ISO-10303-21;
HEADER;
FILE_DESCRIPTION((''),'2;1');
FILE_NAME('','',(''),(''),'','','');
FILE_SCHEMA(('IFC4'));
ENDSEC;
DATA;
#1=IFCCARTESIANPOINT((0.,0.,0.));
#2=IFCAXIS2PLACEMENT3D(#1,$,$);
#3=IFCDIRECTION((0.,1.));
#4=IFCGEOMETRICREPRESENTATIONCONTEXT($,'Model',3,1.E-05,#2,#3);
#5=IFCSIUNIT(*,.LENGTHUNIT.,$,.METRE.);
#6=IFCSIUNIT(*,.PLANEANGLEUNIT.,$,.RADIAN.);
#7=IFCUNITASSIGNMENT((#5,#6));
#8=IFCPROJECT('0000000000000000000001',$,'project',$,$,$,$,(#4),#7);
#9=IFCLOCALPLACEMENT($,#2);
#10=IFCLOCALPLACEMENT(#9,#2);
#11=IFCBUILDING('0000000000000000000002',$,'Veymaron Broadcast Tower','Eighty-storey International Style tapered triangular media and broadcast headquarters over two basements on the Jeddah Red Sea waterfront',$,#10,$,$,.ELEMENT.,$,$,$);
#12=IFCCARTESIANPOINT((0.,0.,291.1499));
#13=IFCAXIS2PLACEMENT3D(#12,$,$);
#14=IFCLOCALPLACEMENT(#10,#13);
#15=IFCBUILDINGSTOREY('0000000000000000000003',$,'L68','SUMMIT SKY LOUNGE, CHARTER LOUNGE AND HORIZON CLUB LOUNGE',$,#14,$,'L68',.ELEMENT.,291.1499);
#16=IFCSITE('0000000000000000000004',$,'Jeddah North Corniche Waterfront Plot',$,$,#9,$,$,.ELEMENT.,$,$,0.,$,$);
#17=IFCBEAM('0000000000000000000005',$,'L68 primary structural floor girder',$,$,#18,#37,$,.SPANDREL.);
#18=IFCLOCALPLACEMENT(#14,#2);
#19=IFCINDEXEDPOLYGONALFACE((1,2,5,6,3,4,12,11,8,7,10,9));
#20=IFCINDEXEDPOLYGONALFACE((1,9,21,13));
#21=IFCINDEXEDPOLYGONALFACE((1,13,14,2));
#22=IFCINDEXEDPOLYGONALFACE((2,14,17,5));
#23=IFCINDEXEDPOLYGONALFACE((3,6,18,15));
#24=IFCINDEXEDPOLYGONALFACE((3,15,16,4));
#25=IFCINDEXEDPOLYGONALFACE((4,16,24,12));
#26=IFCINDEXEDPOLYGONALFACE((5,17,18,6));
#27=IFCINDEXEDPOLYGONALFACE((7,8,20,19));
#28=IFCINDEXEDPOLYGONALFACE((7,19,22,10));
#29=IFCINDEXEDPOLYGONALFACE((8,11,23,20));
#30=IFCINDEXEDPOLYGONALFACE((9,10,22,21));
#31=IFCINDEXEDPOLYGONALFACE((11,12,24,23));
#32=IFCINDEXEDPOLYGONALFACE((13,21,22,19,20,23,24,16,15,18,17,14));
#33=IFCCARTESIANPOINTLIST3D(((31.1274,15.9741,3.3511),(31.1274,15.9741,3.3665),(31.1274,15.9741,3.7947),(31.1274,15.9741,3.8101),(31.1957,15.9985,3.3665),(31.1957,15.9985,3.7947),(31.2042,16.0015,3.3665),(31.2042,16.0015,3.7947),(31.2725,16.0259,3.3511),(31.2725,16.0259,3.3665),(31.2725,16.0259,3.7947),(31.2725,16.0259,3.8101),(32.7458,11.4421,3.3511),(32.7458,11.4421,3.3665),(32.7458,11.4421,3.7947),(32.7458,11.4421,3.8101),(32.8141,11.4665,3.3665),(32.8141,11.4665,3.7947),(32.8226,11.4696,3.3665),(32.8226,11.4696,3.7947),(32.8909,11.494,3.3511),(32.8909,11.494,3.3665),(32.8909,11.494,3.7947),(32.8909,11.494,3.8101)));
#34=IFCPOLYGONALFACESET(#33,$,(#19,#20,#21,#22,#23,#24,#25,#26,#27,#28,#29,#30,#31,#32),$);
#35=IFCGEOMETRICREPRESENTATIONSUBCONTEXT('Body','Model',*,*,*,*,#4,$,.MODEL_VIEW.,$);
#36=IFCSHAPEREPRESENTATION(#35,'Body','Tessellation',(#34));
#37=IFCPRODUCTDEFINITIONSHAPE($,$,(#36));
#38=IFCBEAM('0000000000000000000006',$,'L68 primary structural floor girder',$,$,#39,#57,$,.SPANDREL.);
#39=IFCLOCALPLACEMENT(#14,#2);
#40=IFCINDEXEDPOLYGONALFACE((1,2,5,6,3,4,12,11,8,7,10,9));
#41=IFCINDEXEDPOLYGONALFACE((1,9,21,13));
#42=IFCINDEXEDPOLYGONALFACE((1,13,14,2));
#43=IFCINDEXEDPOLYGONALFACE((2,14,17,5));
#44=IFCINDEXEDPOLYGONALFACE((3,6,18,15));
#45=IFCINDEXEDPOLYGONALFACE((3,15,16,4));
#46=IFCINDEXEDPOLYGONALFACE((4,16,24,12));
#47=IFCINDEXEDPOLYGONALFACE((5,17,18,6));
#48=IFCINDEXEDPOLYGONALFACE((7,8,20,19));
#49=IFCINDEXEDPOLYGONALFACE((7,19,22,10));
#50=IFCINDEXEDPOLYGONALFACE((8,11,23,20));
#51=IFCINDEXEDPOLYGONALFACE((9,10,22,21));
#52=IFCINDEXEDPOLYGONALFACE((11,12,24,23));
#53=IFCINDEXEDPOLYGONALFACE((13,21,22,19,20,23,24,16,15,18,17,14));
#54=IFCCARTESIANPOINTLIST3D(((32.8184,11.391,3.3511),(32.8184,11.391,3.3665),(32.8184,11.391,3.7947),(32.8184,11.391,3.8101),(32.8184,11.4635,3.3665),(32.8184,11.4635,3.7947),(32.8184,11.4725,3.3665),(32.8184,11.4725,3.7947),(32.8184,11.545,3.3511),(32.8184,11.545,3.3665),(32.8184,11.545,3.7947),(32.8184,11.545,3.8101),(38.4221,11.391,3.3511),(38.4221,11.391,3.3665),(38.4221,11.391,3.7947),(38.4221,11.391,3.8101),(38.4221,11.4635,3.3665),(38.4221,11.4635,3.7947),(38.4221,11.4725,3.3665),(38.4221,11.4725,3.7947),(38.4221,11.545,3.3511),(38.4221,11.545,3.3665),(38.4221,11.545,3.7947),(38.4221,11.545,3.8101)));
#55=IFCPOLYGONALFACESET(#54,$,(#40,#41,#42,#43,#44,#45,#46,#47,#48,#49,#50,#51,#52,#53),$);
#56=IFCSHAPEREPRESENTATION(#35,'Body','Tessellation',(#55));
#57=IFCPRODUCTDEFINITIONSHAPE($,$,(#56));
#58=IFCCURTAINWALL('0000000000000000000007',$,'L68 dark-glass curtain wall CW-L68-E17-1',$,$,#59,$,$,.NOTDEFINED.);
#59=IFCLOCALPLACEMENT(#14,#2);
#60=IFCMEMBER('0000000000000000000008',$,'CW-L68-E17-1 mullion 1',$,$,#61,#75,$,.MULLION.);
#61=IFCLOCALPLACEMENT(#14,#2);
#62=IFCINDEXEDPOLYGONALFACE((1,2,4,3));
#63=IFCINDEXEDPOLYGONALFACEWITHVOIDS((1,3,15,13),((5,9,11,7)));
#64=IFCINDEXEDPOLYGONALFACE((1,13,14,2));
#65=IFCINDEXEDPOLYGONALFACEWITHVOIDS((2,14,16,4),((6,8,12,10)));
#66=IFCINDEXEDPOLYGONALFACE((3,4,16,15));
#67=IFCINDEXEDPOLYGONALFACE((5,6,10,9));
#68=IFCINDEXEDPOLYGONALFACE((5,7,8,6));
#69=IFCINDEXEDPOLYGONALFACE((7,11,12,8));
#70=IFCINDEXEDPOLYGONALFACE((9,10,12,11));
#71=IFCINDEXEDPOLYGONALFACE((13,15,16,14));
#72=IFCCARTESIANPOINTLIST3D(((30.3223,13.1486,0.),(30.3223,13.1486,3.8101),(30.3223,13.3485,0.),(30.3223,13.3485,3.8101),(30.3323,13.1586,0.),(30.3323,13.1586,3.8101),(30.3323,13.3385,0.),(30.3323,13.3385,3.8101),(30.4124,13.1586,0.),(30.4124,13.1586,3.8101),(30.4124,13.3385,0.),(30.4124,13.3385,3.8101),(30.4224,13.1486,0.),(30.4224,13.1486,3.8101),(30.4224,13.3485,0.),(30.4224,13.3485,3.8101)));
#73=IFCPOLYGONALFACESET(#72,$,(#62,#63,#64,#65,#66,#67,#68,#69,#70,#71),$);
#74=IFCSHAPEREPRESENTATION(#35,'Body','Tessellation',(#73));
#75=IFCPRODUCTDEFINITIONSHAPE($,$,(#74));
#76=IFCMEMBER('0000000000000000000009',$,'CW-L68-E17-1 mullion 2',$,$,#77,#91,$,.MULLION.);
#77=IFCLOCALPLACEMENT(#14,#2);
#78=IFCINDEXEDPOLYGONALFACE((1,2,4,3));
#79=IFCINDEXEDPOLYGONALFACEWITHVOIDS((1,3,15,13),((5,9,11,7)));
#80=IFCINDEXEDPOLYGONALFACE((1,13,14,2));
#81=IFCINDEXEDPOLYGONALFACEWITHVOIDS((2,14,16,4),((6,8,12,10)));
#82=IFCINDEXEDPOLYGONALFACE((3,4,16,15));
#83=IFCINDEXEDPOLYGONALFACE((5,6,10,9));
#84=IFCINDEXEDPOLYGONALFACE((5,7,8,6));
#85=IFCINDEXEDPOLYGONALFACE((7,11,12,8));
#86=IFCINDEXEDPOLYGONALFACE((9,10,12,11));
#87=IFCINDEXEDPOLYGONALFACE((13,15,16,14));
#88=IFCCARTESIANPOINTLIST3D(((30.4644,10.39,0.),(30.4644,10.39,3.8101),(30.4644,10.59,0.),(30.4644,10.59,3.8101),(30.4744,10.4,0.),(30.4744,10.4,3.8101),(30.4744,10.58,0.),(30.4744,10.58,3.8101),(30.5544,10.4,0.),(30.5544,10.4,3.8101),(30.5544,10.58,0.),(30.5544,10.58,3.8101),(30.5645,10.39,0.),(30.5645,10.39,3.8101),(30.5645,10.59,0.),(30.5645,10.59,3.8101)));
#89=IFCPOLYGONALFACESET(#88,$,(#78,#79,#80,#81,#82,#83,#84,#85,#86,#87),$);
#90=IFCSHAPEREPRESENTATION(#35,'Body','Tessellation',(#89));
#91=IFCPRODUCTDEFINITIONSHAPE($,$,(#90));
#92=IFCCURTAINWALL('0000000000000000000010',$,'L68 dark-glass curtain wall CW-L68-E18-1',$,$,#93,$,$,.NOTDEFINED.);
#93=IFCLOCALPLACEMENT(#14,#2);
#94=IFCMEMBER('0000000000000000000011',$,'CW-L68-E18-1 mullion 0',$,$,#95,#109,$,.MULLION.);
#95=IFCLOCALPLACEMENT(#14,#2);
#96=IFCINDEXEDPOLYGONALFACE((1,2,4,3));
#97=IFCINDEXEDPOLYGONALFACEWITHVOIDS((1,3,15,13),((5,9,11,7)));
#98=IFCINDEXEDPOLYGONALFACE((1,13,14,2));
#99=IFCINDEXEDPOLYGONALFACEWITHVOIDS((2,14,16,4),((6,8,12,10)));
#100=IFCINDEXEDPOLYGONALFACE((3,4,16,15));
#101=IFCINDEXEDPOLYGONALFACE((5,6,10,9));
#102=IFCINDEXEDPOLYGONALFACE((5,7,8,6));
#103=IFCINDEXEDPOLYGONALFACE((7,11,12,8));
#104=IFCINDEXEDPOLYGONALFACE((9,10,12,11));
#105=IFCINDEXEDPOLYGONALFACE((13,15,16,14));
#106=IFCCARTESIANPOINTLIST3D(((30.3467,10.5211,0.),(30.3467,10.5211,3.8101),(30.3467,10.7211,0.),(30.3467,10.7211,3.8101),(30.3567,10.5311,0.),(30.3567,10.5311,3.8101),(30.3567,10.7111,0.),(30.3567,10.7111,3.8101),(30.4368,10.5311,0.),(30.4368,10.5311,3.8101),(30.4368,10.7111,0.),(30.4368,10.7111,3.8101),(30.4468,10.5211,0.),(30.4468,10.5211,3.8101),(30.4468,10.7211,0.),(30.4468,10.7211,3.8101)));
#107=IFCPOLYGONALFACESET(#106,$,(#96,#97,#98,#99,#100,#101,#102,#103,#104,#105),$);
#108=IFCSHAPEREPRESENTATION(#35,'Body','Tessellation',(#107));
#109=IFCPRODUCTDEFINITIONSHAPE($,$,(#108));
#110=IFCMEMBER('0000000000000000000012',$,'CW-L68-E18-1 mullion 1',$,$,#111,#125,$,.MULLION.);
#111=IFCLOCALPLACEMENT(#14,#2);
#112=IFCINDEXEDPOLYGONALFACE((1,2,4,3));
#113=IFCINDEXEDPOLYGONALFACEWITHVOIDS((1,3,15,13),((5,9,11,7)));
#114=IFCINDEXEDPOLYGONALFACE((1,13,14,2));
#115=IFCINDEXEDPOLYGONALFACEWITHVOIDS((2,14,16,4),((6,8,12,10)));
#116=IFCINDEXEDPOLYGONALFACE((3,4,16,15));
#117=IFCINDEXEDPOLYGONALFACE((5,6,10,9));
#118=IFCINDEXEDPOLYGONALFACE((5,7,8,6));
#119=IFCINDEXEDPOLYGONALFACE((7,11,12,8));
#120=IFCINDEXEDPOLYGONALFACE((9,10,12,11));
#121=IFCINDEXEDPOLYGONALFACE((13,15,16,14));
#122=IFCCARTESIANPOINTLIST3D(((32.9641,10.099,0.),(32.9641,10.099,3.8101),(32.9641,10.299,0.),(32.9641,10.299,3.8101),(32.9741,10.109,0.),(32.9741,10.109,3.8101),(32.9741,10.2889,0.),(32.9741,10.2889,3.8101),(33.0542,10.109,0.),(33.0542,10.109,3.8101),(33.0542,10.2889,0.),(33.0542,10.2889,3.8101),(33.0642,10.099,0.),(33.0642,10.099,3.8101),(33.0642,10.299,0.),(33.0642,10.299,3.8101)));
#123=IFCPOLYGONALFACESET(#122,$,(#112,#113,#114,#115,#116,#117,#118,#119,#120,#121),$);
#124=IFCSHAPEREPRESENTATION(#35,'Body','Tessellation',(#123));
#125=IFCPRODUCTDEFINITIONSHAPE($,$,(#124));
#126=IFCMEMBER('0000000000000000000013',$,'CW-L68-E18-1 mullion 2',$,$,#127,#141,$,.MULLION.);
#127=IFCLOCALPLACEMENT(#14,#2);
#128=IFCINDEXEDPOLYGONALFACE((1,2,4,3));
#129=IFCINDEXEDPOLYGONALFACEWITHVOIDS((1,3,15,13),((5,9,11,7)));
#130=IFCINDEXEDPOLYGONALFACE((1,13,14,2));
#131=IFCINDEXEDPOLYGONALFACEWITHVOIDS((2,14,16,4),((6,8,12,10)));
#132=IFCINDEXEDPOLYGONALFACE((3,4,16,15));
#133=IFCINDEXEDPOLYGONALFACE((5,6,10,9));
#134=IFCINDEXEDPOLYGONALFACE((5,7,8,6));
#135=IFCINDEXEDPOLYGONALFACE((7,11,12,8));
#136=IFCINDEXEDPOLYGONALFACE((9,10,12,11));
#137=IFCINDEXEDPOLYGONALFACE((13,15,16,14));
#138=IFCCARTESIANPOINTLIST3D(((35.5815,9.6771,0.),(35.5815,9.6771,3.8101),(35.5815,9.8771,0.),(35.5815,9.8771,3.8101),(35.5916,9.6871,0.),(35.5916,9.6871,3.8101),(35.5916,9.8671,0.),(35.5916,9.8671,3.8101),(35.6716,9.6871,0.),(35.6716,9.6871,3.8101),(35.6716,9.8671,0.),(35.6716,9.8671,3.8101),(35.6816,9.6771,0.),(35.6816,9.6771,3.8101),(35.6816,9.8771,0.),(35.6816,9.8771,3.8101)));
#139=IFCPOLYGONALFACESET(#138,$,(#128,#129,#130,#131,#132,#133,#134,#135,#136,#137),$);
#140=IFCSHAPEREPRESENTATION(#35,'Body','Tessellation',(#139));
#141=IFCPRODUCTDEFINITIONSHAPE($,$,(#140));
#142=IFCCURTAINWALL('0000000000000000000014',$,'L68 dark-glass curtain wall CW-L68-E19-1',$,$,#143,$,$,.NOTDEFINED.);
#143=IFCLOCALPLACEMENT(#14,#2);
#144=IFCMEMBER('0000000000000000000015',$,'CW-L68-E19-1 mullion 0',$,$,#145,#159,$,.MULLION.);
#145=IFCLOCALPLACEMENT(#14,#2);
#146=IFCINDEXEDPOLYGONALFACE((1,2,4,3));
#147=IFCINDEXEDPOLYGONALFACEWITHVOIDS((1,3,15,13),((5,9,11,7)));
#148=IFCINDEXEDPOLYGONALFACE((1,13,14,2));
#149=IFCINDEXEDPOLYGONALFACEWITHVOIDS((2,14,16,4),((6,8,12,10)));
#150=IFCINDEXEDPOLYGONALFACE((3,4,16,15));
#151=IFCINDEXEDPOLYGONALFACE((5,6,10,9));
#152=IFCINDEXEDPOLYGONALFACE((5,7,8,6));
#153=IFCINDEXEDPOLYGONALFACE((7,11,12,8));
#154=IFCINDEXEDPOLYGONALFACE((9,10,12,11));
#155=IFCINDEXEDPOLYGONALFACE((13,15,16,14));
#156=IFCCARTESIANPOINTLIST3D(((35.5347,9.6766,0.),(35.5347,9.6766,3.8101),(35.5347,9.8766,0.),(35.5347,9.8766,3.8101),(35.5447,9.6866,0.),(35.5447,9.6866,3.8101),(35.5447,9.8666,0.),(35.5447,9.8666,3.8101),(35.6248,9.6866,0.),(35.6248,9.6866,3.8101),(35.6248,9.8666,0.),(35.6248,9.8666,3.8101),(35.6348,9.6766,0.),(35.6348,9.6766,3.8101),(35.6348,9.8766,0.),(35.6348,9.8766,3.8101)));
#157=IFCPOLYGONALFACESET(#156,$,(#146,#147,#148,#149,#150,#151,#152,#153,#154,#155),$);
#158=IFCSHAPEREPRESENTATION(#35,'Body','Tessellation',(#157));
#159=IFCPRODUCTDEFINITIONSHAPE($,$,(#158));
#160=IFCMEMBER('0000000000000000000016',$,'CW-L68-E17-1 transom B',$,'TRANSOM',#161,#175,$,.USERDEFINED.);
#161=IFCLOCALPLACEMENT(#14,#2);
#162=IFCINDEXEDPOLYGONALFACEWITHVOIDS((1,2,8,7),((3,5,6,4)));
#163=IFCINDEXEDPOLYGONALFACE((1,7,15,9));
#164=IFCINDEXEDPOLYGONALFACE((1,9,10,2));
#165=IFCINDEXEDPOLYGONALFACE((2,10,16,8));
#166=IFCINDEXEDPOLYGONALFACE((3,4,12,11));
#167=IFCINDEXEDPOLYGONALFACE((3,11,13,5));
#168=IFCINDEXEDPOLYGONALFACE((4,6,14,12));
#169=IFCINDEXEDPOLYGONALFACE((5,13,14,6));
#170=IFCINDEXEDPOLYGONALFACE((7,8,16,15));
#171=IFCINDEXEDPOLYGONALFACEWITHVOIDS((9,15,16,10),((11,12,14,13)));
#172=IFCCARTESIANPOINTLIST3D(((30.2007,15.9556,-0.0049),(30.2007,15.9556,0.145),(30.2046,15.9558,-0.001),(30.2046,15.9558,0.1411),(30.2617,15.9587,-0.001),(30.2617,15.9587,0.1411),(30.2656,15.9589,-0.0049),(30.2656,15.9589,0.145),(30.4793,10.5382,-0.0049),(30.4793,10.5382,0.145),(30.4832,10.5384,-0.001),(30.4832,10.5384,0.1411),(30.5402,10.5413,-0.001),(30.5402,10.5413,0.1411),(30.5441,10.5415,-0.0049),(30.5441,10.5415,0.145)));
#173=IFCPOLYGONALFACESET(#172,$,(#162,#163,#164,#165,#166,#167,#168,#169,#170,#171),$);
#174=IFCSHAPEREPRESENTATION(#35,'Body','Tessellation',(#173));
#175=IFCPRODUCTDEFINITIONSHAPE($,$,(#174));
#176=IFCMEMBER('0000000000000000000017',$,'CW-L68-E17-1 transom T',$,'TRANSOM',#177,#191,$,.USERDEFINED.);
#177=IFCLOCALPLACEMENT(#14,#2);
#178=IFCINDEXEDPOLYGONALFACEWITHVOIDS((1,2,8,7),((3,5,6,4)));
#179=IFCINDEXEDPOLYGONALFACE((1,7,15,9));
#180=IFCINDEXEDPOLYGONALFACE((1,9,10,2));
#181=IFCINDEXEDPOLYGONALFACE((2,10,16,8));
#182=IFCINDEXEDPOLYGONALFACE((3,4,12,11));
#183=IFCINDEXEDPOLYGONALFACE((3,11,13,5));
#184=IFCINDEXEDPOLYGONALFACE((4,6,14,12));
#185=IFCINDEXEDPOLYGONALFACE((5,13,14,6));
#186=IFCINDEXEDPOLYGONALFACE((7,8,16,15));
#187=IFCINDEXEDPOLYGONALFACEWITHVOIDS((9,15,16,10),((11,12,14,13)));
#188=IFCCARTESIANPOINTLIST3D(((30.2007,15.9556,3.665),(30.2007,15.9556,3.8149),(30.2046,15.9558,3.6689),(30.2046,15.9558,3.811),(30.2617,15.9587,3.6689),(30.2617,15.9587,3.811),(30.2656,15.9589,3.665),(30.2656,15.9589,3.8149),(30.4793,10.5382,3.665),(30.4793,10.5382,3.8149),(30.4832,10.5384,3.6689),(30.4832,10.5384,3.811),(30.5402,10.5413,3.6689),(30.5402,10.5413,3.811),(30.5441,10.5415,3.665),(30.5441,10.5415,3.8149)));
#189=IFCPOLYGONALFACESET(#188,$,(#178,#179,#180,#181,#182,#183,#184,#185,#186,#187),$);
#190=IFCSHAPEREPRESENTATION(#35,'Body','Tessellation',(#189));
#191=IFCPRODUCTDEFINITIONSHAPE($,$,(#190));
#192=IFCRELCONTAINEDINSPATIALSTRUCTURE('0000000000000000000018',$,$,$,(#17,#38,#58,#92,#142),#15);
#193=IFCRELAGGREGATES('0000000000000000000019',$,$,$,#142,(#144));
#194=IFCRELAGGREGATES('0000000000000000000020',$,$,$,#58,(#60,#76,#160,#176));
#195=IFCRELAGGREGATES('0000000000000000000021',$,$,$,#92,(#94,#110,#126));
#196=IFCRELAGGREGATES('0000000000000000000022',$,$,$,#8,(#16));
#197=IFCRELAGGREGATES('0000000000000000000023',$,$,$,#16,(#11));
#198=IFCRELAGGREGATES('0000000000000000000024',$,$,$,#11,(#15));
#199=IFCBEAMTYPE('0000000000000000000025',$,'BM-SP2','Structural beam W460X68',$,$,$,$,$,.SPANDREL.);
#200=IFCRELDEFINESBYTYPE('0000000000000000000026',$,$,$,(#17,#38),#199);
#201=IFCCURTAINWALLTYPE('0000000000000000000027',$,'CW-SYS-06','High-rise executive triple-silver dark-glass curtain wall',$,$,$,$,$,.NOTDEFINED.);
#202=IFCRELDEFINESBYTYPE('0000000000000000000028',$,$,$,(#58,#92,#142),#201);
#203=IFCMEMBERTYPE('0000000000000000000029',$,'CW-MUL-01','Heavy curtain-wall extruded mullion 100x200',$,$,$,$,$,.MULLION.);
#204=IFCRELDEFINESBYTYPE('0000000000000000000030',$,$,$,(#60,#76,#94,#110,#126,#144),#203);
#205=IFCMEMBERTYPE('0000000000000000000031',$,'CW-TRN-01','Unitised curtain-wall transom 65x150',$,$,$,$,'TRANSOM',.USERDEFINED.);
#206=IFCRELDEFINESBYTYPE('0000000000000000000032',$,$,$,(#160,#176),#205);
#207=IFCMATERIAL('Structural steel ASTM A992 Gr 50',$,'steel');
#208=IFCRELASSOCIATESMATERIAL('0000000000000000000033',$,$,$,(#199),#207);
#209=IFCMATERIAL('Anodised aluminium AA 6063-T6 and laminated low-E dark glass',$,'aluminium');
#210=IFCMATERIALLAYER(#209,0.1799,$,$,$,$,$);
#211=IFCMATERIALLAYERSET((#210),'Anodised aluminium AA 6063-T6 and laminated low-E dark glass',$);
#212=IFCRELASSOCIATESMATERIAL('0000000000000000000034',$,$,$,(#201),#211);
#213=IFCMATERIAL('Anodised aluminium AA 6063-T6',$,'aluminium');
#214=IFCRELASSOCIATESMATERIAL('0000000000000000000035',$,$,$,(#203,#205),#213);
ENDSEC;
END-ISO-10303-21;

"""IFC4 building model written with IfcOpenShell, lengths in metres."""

from ifc_helpers import new_model, si_unit, direction, frame, origin, origin_2d, place, context, subcontext, project, spatial, hollow_rectangle, i_section, extrude, material, layer, layer_set, material_profile, profile_set, type_object, element, aggregate, save


model = new_model("IFC4")

# Units and contexts
model_context = context("Model", 3, precision=1e-05, world=origin(), true_north=direction((0.0, 1.0)))
body_context = subcontext(model_context, "Body", "Model", "MODEL_VIEW")
ifc_project = project(units=[si_unit("LENGTHUNIT", "METRE"), si_unit("PLANEANGLEUNIT", "RADIAN")], contexts=[model_context])

# Site, building, storey
site_placement = place(None, origin())
site = spatial("IfcSite", under=ifc_project, at=site_placement, Name="Jeddah North Corniche Waterfront Plot", CompositionType="ELEMENT", RefElevation=0.0)
building_placement = place(site_placement, origin())
building = spatial("IfcBuilding", under=site, at=building_placement, Name="Veymaron Broadcast Tower", Description="Eighty-storey International Style tapered triangular media and broadcast headquarters over two basements on the Jeddah Red Sea waterfront", CompositionType="ELEMENT")
storey_placement = place(building_placement, frame((0.0, 0.0, 291.1499)))
storey = spatial("IfcBuildingStorey", under=building, at=storey_placement, Name="L68", Description="SUMMIT SKY LOUNGE, CHARTER LOUNGE AND HORIZON CLUB LOUNGE", LongName="L68", CompositionType="ELEMENT", Elevation=291.1499)

# Shared definitions
ifc_material_1 = material(Name="Structural steel ASTM A992 Gr 50", Category="steel")

# Beams
ifc_material_profile_1 = material_profile(ifc_material_1, i_section(OverallWidth=0.1541, OverallDepth=0.459, WebThickness=0.009, FlangeThickness=0.0154, at=origin_2d()), Name="W460X68")
ifc_profile_set_1 = profile_set([ifc_material_profile_1], Name="Structural steel ASTM A992 Gr 50")
beam_type_1 = type_object("IfcBeamType", Name="BM-SP2", Description="Structural beam W460X68", PredefinedType="SPANDREL", material=ifc_profile_set_1)
beam_1_placement = place(storey_placement, frame((31.2, 16.0, 3.5806), z_axis=(0.336307, -0.941752, 0.0), x_axis=(0.941752, 0.336307, 0.0)))
element("IfcBeam", 1, at=beam_1_placement, inside=storey, type_object=beam_type_1, Name="L68 primary structural floor girder", PredefinedType="SPANDREL", context=body_context, shape_type="SweptSolid", body=[
    extrude(i_section(OverallWidth=0.1541, OverallDepth=0.459, WebThickness=0.009, FlangeThickness=0.0154, at=origin_2d()), origin(), (0.0, 0.0, 1.0), 4.8123),
])
beam_2_placement = place(storey_placement, frame((32.8184, 11.468, 3.5806), z_axis=(1.0, 0.0, 0.0), x_axis=(0.0, 1.0, 0.0)))
element("IfcBeam", 2, at=beam_2_placement, inside=storey, type_object=beam_type_1, Name="L68 primary structural floor girder", PredefinedType="SPANDREL", context=body_context, shape_type="SweptSolid", body=[
    extrude(i_section(OverallWidth=0.1541, OverallDepth=0.459, WebThickness=0.009, FlangeThickness=0.0154, at=origin_2d()), origin(), (0.0, 0.0, 1.0), 5.6038),
])

# Curtain walls, members
ifc_material_2 = material(Name="Anodised aluminium AA 6063-T6 and laminated low-E dark glass", Category="aluminium")
ifc_layer_1 = layer(ifc_material_2, 0.1799)
ifc_layer_set_1 = layer_set([ifc_layer_1], Name="Anodised aluminium AA 6063-T6 and laminated low-E dark glass")
curtain_wall_type = type_object("IfcCurtainWallType", Name="CW-SYS-06", Description="High-rise executive triple-silver dark-glass curtain wall", PredefinedType="NOTDEFINED", material=ifc_layer_set_1)
curtain_wall_1_placement = place(storey_placement, origin())
curtain_wall_1 = element("IfcCurtainWall", 3, at=curtain_wall_1_placement, inside=storey, type_object=curtain_wall_type, Name="L68 dark-glass curtain wall CW-L68-E17-1", PredefinedType="NOTDEFINED")
ifc_material_3 = material(Name="Anodised aluminium AA 6063-T6", Category="aluminium")
ifc_material_profile_2 = material_profile(ifc_material_3, hollow_rectangle(XDim=0.1001, YDim=0.2, WallThickness=0.01, at=origin_2d()), Name="RHS200X100X10")
ifc_profile_set_2 = profile_set([ifc_material_profile_2], Name="Anodised aluminium AA 6063-T6")
member_type_1 = type_object("IfcMemberType", Name="CW-MUL-01", Description="Heavy curtain-wall extruded mullion 100x200", PredefinedType="MULLION", material=ifc_profile_set_2)
member_1_placement = place(storey_placement, frame((30.3723, 13.2485, 0.0), z_axis=(0.0, 0.0, 1.0), x_axis=(1.0, 0.0, 0.0)))
member_1 = element("IfcMember", 4, at=member_1_placement, type_object=member_type_1, Name="CW-L68-E17-1 mullion 1", PredefinedType="MULLION", context=body_context, shape_type="SweptSolid", body=[
    extrude(hollow_rectangle(XDim=0.1001, YDim=0.2, WallThickness=0.01, at=origin_2d()), origin(), (0.0, 0.0, 1.0), 3.8101),
])
member_2_placement = place(storey_placement, frame((30.5144, 10.49, 0.0), z_axis=(0.0, 0.0, 1.0), x_axis=(1.0, 0.0, 0.0)))
member_2 = element("IfcMember", 5, at=member_2_placement, type_object=member_type_1, Name="CW-L68-E17-1 mullion 2", PredefinedType="MULLION", context=body_context, shape_type="SweptSolid", body=[
    extrude(hollow_rectangle(XDim=0.1001, YDim=0.2, WallThickness=0.01, at=origin_2d()), origin(), (0.0, 0.0, 1.0), 3.8101),
])
curtain_wall_2_placement = place(storey_placement, origin())
curtain_wall_2 = element("IfcCurtainWall", 6, at=curtain_wall_2_placement, inside=storey, type_object=curtain_wall_type, Name="L68 dark-glass curtain wall CW-L68-E18-1", PredefinedType="NOTDEFINED")
member_3_placement = place(storey_placement, frame((30.3967, 10.6211, 0.0), z_axis=(0.0, 0.0, 1.0), x_axis=(1.0, 0.0, 0.0)))
member_3 = element("IfcMember", 7, at=member_3_placement, type_object=member_type_1, Name="CW-L68-E18-1 mullion 0", PredefinedType="MULLION", context=body_context, shape_type="SweptSolid", body=[
    extrude(hollow_rectangle(XDim=0.1001, YDim=0.2, WallThickness=0.01, at=origin_2d()), origin(), (0.0, 0.0, 1.0), 3.8101),
])
member_4_placement = place(storey_placement, frame((33.0142, 10.199, 0.0), z_axis=(0.0, 0.0, 1.0), x_axis=(1.0, 0.0, 0.0)))
member_4 = element("IfcMember", 8, at=member_4_placement, type_object=member_type_1, Name="CW-L68-E18-1 mullion 1", PredefinedType="MULLION", context=body_context, shape_type="SweptSolid", body=[
    extrude(hollow_rectangle(XDim=0.1001, YDim=0.2, WallThickness=0.01, at=origin_2d()), origin(), (0.0, 0.0, 1.0), 3.8101),
])
member_5_placement = place(storey_placement, frame((35.6316, 9.7771, 0.0), z_axis=(0.0, 0.0, 1.0), x_axis=(1.0, 0.0, 0.0)))
member_5 = element("IfcMember", 9, at=member_5_placement, type_object=member_type_1, Name="CW-L68-E18-1 mullion 2", PredefinedType="MULLION", context=body_context, shape_type="SweptSolid", body=[
    extrude(hollow_rectangle(XDim=0.1001, YDim=0.2, WallThickness=0.01, at=origin_2d()), origin(), (0.0, 0.0, 1.0), 3.8101),
])

# Curtain wall, member
curtain_wall_3_placement = place(storey_placement, origin())
curtain_wall_3 = element("IfcCurtainWall", 10, at=curtain_wall_3_placement, inside=storey, type_object=curtain_wall_type, Name="L68 dark-glass curtain wall CW-L68-E19-1", PredefinedType="NOTDEFINED")
member_6_placement = place(storey_placement, frame((35.5847, 9.7766, 0.0), z_axis=(0.0, 0.0, 1.0), x_axis=(1.0, 0.0, 0.0)))
member_6 = element("IfcMember", 11, at=member_6_placement, type_object=member_type_1, Name="CW-L68-E19-1 mullion 0", PredefinedType="MULLION", context=body_context, shape_type="SweptSolid", body=[
    extrude(hollow_rectangle(XDim=0.1001, YDim=0.2, WallThickness=0.01, at=origin_2d()), origin(), (0.0, 0.0, 1.0), 3.8101),
])

# Members
ifc_material_profile_3 = material_profile(ifc_material_3, hollow_rectangle(XDim=0.0649, YDim=0.1499, WallThickness=0.0039, at=origin_2d()), Name="AL150X65X4")
ifc_profile_set_3 = profile_set([ifc_material_profile_3], Name="Anodised aluminium AA 6063-T6")
member_type_2 = type_object("IfcMemberType", Name="CW-TRN-01", Description="Unitised curtain-wall transom 65x150", ElementType="TRANSOM", PredefinedType="USERDEFINED", material=ifc_profile_set_3)
member_7_placement = place(storey_placement, frame((30.2332, 15.9573, 0.0701), z_axis=(0.051352, -0.998681, 0.0), x_axis=(0.998681, 0.051352, 0.0)))
member_7 = element("IfcMember", 12, at=member_7_placement, type_object=member_type_2, Name="CW-L68-E17-1 transom B", ObjectType="TRANSOM", PredefinedType="USERDEFINED", context=body_context, shape_type="SweptSolid", body=[
    extrude(hollow_rectangle(XDim=0.0649, YDim=0.1499, WallThickness=0.0039, at=origin_2d()), origin(), (0.0, 0.0, 1.0), 5.4246),
])
member_8_placement = place(storey_placement, frame((30.2332, 15.9573, 3.74), z_axis=(0.051352, -0.998681, 0.0), x_axis=(0.998681, 0.051352, 0.0)))
member_8 = element("IfcMember", 13, at=member_8_placement, type_object=member_type_2, Name="CW-L68-E17-1 transom T", ObjectType="TRANSOM", PredefinedType="USERDEFINED", context=body_context, shape_type="SweptSolid", body=[
    extrude(hollow_rectangle(XDim=0.0649, YDim=0.1499, WallThickness=0.0039, at=origin_2d()), origin(), (0.0, 0.0, 1.0), 5.4246),
])
aggregate(curtain_wall_3, [member_6])

aggregate(curtain_wall_1, [member_1, member_2, member_7, member_8])
aggregate(curtain_wall_2, [member_3, member_4, member_5])

save(model, "model.ifc")
